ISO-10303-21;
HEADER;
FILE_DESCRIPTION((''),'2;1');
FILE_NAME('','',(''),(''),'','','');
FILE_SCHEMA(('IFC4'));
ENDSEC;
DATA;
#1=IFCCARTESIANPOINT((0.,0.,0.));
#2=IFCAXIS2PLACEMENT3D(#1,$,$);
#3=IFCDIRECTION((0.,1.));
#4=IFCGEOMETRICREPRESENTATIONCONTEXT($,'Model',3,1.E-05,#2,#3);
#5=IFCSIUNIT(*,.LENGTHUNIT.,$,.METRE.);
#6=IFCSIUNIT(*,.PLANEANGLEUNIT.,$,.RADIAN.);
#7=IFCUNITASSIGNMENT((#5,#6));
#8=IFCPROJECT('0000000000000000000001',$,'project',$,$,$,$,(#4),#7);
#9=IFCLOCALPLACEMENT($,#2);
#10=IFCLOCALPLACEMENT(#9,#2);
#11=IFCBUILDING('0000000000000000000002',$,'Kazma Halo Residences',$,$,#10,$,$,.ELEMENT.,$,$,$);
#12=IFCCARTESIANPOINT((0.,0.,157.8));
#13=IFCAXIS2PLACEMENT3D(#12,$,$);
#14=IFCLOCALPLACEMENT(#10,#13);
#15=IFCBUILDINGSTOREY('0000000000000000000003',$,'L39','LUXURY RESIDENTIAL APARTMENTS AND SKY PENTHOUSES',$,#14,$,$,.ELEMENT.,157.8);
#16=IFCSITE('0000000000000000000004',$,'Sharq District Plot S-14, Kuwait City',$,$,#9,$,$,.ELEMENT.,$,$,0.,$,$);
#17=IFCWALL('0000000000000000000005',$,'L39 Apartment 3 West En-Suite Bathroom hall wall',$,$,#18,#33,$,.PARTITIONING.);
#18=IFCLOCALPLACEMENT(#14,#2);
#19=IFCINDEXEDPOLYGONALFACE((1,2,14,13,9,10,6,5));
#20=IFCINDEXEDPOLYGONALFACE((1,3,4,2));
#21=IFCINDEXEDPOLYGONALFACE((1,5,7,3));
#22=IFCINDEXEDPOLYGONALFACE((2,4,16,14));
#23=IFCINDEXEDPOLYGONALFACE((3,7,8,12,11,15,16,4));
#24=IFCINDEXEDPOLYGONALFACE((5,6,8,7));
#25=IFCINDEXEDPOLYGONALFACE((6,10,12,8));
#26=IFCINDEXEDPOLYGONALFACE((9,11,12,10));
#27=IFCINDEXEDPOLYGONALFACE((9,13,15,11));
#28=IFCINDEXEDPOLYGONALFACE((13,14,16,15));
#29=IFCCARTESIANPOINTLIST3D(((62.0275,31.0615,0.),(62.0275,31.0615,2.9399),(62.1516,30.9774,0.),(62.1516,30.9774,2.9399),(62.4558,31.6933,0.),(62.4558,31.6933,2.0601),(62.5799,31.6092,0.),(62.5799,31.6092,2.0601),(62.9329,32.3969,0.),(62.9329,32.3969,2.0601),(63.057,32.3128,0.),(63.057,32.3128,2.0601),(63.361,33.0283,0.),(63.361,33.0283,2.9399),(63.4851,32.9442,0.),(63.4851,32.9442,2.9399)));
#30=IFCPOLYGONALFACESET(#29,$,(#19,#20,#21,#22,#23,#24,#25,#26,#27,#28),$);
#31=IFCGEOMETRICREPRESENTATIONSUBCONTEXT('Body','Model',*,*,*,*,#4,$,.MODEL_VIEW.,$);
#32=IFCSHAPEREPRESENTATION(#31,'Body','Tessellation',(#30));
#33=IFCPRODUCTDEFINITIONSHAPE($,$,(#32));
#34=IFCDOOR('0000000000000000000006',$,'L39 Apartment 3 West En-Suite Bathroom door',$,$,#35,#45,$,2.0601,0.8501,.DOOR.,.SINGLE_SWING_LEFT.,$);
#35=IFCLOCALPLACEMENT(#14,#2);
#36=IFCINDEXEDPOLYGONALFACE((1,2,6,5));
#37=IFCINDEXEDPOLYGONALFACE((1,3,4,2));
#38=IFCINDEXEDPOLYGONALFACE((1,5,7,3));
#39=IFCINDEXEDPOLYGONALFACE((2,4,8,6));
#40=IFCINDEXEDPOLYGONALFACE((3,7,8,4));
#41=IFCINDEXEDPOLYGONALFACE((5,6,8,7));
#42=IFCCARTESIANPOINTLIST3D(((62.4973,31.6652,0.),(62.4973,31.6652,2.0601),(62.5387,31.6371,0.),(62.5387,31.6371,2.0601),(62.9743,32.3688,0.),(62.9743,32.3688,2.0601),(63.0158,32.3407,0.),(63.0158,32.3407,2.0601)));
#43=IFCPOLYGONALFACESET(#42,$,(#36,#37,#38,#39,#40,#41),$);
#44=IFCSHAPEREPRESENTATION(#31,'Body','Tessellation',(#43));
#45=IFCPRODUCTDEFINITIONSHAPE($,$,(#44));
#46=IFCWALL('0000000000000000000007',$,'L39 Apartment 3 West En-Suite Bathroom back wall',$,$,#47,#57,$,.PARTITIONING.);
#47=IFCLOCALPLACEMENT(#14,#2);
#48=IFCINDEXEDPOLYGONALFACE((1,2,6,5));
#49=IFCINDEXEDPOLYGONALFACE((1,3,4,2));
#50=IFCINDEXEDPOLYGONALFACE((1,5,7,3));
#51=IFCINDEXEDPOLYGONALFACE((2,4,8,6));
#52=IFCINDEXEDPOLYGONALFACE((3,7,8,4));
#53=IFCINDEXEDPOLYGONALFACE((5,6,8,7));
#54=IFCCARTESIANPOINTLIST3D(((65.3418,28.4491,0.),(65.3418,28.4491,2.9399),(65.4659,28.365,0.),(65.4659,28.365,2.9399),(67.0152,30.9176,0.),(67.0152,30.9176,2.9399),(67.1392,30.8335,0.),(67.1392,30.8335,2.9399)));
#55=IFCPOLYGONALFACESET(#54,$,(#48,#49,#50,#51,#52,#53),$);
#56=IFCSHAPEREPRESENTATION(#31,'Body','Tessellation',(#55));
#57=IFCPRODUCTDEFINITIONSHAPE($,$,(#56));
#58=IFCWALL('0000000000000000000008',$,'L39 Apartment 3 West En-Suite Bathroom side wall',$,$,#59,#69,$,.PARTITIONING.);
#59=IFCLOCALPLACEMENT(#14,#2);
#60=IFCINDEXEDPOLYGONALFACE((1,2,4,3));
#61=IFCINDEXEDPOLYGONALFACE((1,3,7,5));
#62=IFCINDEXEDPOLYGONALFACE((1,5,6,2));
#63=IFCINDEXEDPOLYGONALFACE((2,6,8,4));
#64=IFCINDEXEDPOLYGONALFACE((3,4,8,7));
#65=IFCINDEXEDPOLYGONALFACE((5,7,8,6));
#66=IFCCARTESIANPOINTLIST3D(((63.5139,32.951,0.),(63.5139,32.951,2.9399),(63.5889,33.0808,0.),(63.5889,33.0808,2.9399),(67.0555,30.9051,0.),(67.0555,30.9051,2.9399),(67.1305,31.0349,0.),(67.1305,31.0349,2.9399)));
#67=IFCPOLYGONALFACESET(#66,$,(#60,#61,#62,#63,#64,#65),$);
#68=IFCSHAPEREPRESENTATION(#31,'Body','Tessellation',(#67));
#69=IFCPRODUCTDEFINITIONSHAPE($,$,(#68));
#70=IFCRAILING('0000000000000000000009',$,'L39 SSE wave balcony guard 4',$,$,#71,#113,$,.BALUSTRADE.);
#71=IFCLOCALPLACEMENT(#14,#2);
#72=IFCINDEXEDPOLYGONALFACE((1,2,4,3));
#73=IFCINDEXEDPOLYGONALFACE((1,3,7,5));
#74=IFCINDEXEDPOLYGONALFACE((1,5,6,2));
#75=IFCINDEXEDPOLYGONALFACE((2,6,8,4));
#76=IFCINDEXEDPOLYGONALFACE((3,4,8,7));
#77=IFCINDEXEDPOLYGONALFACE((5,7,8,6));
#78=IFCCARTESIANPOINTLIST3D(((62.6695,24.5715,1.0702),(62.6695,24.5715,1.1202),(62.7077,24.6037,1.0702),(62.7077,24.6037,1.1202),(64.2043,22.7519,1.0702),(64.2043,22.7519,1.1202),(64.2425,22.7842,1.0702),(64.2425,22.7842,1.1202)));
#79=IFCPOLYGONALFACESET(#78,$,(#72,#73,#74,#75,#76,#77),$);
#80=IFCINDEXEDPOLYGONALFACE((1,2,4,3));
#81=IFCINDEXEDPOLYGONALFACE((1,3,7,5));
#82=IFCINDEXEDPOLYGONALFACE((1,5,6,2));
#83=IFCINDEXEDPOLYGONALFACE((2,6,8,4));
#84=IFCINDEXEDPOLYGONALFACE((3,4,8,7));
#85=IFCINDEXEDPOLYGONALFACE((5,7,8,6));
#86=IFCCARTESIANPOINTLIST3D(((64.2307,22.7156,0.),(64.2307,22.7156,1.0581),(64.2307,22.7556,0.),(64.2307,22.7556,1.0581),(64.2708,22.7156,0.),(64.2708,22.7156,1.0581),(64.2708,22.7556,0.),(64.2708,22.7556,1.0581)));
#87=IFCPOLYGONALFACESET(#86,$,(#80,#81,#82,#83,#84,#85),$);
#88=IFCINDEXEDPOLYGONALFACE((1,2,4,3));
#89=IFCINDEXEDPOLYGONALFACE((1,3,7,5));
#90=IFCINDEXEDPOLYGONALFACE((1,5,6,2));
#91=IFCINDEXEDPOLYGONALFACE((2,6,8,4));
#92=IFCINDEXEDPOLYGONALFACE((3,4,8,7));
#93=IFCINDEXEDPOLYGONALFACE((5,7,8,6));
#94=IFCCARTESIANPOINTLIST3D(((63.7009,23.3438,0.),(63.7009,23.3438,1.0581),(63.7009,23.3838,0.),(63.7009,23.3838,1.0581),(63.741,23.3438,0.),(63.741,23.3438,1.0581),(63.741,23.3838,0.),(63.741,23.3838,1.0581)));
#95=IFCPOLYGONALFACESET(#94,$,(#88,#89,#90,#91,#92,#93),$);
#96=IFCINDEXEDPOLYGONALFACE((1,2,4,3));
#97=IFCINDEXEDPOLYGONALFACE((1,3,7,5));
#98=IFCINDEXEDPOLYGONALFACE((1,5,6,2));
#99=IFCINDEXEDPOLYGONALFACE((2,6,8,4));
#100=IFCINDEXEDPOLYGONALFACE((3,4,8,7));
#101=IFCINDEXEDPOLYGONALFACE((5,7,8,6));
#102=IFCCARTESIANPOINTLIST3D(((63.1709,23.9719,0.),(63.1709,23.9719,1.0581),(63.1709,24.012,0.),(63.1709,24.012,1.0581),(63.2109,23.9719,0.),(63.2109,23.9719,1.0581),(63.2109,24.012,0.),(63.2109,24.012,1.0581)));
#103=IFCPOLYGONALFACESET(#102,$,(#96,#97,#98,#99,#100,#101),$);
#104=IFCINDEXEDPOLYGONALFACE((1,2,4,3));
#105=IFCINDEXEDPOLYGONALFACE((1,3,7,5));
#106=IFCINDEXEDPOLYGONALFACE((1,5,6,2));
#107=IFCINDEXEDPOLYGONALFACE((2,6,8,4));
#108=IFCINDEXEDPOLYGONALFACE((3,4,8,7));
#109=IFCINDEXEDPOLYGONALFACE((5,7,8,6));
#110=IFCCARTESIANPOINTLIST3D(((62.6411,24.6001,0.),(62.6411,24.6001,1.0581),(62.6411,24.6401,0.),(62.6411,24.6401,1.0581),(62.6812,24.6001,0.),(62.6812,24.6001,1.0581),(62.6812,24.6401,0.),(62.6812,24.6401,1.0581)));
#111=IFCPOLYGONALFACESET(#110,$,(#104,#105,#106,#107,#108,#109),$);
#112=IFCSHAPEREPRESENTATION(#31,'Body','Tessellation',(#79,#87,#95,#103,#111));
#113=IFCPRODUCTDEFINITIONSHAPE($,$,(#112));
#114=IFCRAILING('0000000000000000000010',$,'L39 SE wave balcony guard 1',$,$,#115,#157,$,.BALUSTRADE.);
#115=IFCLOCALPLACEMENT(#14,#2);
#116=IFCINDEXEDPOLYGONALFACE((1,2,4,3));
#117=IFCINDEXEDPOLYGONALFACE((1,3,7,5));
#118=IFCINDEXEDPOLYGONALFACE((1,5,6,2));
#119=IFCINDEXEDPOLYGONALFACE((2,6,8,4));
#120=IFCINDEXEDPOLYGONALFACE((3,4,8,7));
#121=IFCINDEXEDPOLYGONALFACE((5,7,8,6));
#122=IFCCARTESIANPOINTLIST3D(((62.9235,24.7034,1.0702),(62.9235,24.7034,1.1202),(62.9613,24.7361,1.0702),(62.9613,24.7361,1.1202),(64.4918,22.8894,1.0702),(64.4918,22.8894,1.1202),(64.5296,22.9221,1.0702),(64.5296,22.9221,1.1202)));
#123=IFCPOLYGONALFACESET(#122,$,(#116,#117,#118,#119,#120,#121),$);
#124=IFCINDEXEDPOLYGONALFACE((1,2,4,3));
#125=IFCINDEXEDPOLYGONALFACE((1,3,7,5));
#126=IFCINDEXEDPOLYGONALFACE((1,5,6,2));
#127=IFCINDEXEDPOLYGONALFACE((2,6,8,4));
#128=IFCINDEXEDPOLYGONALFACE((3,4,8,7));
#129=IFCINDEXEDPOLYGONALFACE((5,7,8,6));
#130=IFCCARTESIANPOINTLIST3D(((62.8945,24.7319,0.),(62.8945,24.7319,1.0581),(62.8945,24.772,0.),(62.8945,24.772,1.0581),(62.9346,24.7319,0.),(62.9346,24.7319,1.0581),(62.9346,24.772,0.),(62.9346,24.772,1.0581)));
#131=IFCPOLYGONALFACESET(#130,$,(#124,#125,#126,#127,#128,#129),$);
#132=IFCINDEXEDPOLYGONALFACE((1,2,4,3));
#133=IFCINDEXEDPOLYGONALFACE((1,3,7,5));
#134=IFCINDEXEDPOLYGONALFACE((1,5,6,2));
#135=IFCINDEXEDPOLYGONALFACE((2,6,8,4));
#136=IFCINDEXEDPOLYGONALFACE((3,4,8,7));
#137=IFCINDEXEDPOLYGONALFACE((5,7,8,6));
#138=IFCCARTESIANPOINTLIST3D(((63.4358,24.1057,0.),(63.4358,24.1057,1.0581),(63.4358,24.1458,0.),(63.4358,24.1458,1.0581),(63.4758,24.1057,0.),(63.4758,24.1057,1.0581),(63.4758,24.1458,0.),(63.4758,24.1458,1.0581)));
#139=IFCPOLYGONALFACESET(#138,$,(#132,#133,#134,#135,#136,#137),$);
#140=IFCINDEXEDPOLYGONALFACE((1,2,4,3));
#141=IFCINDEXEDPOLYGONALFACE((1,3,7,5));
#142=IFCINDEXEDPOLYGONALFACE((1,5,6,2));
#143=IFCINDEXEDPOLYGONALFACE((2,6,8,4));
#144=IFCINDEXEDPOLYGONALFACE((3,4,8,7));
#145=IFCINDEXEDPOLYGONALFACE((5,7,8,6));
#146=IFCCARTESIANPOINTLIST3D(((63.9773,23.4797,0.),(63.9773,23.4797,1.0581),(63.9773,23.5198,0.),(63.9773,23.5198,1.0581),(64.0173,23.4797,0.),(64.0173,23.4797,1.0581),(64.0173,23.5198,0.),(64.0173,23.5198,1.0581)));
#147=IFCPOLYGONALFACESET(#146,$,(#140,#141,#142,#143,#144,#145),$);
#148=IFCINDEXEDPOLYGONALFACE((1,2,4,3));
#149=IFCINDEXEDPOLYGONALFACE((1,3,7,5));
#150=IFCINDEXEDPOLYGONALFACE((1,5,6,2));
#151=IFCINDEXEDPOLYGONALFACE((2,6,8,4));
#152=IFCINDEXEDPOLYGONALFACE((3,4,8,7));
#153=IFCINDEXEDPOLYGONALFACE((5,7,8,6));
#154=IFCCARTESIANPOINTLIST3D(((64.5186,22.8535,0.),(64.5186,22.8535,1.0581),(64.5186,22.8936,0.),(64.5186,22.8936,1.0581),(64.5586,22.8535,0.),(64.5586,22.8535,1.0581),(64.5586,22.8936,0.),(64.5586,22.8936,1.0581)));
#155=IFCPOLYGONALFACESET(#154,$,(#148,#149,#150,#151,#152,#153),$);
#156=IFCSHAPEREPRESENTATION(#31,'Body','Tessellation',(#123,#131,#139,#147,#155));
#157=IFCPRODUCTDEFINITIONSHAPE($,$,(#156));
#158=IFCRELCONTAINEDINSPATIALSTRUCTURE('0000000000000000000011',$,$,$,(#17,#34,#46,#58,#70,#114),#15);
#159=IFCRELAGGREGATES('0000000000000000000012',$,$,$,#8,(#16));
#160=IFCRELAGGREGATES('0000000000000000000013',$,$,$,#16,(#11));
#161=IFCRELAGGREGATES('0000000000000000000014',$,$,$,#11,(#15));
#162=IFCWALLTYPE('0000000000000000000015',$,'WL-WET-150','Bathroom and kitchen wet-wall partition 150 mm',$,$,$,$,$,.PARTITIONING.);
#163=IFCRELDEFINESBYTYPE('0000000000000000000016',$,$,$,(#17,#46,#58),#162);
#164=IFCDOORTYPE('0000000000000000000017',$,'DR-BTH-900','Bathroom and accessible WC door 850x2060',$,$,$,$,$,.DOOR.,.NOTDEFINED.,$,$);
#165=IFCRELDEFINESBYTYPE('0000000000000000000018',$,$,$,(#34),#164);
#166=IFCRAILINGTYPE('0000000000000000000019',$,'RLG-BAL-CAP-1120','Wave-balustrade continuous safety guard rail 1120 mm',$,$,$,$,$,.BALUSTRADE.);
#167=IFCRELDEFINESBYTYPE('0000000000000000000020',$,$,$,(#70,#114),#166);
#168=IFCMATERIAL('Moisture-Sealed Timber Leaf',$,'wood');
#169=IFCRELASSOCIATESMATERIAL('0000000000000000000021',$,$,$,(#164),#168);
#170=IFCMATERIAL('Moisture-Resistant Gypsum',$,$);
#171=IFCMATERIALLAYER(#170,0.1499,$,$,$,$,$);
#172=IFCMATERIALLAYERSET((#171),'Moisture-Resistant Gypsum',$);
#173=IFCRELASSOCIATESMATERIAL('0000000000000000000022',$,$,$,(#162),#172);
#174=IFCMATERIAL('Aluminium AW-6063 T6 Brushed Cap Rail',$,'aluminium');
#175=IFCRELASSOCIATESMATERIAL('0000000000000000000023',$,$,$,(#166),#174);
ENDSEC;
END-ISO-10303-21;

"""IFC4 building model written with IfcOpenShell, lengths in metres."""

from ifc_helpers import new_model, si_unit, direction, frame, frame_2d, origin, origin_2d, place, context, subcontext, project, spatial, rectangle, extrude, material, layer, layer_set, type_object, element, fill, save


model = new_model("IFC4")

# Units and contexts
model_context = context("Model", 3, precision=1e-05, world=origin(), true_north=direction((0.0, 1.0)))
body_context = subcontext(model_context, "Body", "Model", "MODEL_VIEW")
ifc_project = project(units=[si_unit("LENGTHUNIT", "METRE"), si_unit("PLANEANGLEUNIT", "RADIAN")], contexts=[model_context])

# Site, building, storey
site_placement = place(None, origin())
site = spatial("IfcSite", under=ifc_project, at=site_placement, Name="Sharq District Plot S-14, Kuwait City", CompositionType="ELEMENT", RefElevation=0.0)
building_placement = place(site_placement, origin())
building = spatial("IfcBuilding", under=site, at=building_placement, Name="Kazma Halo Residences", CompositionType="ELEMENT")
storey_placement = place(building_placement, frame((0.0, 0.0, 157.8)))
storey = spatial("IfcBuildingStorey", under=building, at=storey_placement, Name="L39", Description="LUXURY RESIDENTIAL APARTMENTS AND SKY PENTHOUSES", CompositionType="ELEMENT", Elevation=157.8)

# Wall, opening, door
ifc_material_1 = material(Name="Moisture-Sealed Timber Leaf", Category="wood")
door_type_1 = type_object("IfcDoorType", Name="DR-BTH-900", Description="Bathroom and accessible WC door 850x2060", OperationType="NOTDEFINED", PredefinedType="DOOR", material=ifc_material_1)
ifc_material_2 = material(Name="Moisture-Resistant Gypsum")
ifc_layer_1 = layer(ifc_material_2, 0.1499)
ifc_layer_set_1 = layer_set([ifc_layer_1], Name="Moisture-Resistant Gypsum")
wall_type_1 = type_object("IfcWallType", Name="WL-WET-150", Description="Bathroom and kitchen wet-wall partition 150 mm", PredefinedType="PARTITIONING", material=ifc_layer_set_1)
wall_1_placement = place(storey_placement, frame((62.0896, 31.0195, 0.0), z_axis=(0.0, 0.0, 1.0), x_axis=(0.56118, 0.827694, 0.0)))
wall_1 = element("IfcWall", 1, at=wall_1_placement, inside=storey, type_object=wall_type_1, Name="L39 Apartment 3 West En-Suite Bathroom hall wall", PredefinedType="PARTITIONING", context=body_context, shape_type="SweptSolid", body=[
    extrude(rectangle(XDim=2.3762, YDim=0.1499, at=frame_2d((1.188, 0.0))), origin(), (0.0, 0.0, 1.0), 2.9399),
])
opening_1_placement = place(wall_1_placement, frame((0.7632, 0.0, 0.0)))
opening_1 = element("IfcOpeningElement", 2, at=opening_1_placement, cuts=wall_1, PredefinedType="OPENING", context=body_context, shape_type="SweptSolid", body=[
    extrude(rectangle(XDim=0.8501, YDim=2.0601, at=frame_2d((0.425, 1.03))), frame((0.0, 0.085, 0.0), z_axis=(0.0, -1.0, 0.0), x_axis=(1.0, 0.0, 0.0)), (0.0, 0.0, 1.0), 0.1699),
])
door_1_placement = place(opening_1_placement, origin())
door_1 = element("IfcDoor", 3, at=door_1_placement, inside=storey, type_object=door_type_1, Name="L39 Apartment 3 West En-Suite Bathroom door", OperationType="SINGLE_SWING_LEFT", OverallHeight=2.0601, OverallWidth=0.8501, PredefinedType="DOOR", context=body_context, shape_type="SweptSolid", body=[
    extrude(rectangle(XDim=0.8501, YDim=2.0601, at=frame_2d((0.425, 1.03))), frame((0.0, 0.0249, 0.0), z_axis=(0.0, -1.0, 0.0), x_axis=(1.0, 0.0, 0.0)), (0.0, 0.0, 1.0), 0.05),
])
fill(opening_1, door_1)

# Walls
wall_2_placement = place(storey_placement, frame((65.4038, 28.407, 0.0), z_axis=(0.0, 0.0, 1.0), x_axis=(0.561107, 0.827743, 0.0)))
element("IfcWall", 4, at=wall_2_placement, inside=storey, type_object=wall_type_1, Name="L39 Apartment 3 West En-Suite Bathroom back wall", PredefinedType="PARTITIONING", context=body_context, shape_type="SweptSolid", body=[
    extrude(rectangle(XDim=2.9822, YDim=0.1499, at=frame_2d((1.4912, 0.0))), origin(), (0.0, 0.0, 1.0), 2.9399),
])
wall_3_placement = place(storey_placement, frame((63.5515, 33.0159, 0.0), z_axis=(0.0, 0.0, 1.0), x_axis=(0.865897, -0.500222, 0.0)))
element("IfcWall", 5, at=wall_3_placement, inside=storey, type_object=wall_type_1, Name="L39 Apartment 3 West En-Suite Bathroom side wall", PredefinedType="PARTITIONING", context=body_context, shape_type="SweptSolid", body=[
    extrude(rectangle(XDim=4.0901, YDim=0.1499, at=frame_2d((2.0449, 0.0))), origin(), (0.0, 0.0, 1.0), 2.9399),
])

# Railings
ifc_material_3 = material(Name="Aluminium AW-6063 T6 Brushed Cap Rail", Category="aluminium")
railing_type = type_object("IfcRailingType", Name="RLG-BAL-CAP-1120", Description="Wave-balustrade continuous safety guard rail 1120 mm", PredefinedType="BALUSTRADE", material=ifc_material_3)
railing_1_placement = place(storey_placement, frame((64.2507, 22.7356, 0.0)))
element("IfcRailing", 6, at=railing_1_placement, inside=storey, type_object=railing_type, Name="L39 SSE wave balcony guard 4", PredefinedType="BALUSTRADE", context=body_context, shape_type="SweptSolid", body=[
    extrude(rectangle(XDim=0.05, YDim=0.05, at=origin_2d()), frame((-0.0273, 0.0325, 1.0952), z_axis=(-0.644761, 0.764385, 0.0), x_axis=(-0.764385, -0.644761, 0.0)), (0.0, 0.0, 1.0), 2.3804),
    extrude(rectangle(XDim=0.04, YDim=0.04, at=origin_2d()), origin(), (0.0, 0.0, 1.0), 1.0581),
    extrude(rectangle(XDim=0.04, YDim=0.04, at=origin_2d()), frame((-0.5298, 0.6282, 0.0)), (0.0, 0.0, 1.0), 1.0581),
    extrude(rectangle(XDim=0.04, YDim=0.04, at=origin_2d()), frame((-1.0598, 1.2563, 0.0)), (0.0, 0.0, 1.0), 1.0581),
    extrude(rectangle(XDim=0.04, YDim=0.04, at=origin_2d()), frame((-1.5896, 1.8845, 0.0)), (0.0, 0.0, 1.0), 1.0581),
])
railing_2_placement = place(storey_placement, frame((62.9146, 24.752, 0.0)))
element("IfcRailing", 7, at=railing_2_placement, inside=storey, type_object=railing_type, Name="L39 SE wave balcony guard 1", PredefinedType="BALUSTRADE", context=body_context, shape_type="SweptSolid", body=[
    extrude(rectangle(XDim=0.05, YDim=0.05, at=origin_2d()), frame((0.0278, -0.0322, 1.0952), z_axis=(0.654024, -0.756474, 0.0), x_axis=(0.756474, 0.654024, 0.0)), (0.0, 0.0, 1.0), 2.3979),
    extrude(rectangle(XDim=0.04, YDim=0.04, at=origin_2d()), origin(), (0.0, 0.0, 1.0), 1.0581),
    extrude(rectangle(XDim=0.04, YDim=0.04, at=origin_2d()), frame((0.5413, -0.6262, 0.0)), (0.0, 0.0, 1.0), 1.0581),
    extrude(rectangle(XDim=0.04, YDim=0.04, at=origin_2d()), frame((1.0828, -1.2522, 0.0)), (0.0, 0.0, 1.0), 1.0581),
    extrude(rectangle(XDim=0.04, YDim=0.04, at=origin_2d()), frame((1.624, -1.8784, 0.0)), (0.0, 0.0, 1.0), 1.0581),
])

save(model, "model.ifc")
